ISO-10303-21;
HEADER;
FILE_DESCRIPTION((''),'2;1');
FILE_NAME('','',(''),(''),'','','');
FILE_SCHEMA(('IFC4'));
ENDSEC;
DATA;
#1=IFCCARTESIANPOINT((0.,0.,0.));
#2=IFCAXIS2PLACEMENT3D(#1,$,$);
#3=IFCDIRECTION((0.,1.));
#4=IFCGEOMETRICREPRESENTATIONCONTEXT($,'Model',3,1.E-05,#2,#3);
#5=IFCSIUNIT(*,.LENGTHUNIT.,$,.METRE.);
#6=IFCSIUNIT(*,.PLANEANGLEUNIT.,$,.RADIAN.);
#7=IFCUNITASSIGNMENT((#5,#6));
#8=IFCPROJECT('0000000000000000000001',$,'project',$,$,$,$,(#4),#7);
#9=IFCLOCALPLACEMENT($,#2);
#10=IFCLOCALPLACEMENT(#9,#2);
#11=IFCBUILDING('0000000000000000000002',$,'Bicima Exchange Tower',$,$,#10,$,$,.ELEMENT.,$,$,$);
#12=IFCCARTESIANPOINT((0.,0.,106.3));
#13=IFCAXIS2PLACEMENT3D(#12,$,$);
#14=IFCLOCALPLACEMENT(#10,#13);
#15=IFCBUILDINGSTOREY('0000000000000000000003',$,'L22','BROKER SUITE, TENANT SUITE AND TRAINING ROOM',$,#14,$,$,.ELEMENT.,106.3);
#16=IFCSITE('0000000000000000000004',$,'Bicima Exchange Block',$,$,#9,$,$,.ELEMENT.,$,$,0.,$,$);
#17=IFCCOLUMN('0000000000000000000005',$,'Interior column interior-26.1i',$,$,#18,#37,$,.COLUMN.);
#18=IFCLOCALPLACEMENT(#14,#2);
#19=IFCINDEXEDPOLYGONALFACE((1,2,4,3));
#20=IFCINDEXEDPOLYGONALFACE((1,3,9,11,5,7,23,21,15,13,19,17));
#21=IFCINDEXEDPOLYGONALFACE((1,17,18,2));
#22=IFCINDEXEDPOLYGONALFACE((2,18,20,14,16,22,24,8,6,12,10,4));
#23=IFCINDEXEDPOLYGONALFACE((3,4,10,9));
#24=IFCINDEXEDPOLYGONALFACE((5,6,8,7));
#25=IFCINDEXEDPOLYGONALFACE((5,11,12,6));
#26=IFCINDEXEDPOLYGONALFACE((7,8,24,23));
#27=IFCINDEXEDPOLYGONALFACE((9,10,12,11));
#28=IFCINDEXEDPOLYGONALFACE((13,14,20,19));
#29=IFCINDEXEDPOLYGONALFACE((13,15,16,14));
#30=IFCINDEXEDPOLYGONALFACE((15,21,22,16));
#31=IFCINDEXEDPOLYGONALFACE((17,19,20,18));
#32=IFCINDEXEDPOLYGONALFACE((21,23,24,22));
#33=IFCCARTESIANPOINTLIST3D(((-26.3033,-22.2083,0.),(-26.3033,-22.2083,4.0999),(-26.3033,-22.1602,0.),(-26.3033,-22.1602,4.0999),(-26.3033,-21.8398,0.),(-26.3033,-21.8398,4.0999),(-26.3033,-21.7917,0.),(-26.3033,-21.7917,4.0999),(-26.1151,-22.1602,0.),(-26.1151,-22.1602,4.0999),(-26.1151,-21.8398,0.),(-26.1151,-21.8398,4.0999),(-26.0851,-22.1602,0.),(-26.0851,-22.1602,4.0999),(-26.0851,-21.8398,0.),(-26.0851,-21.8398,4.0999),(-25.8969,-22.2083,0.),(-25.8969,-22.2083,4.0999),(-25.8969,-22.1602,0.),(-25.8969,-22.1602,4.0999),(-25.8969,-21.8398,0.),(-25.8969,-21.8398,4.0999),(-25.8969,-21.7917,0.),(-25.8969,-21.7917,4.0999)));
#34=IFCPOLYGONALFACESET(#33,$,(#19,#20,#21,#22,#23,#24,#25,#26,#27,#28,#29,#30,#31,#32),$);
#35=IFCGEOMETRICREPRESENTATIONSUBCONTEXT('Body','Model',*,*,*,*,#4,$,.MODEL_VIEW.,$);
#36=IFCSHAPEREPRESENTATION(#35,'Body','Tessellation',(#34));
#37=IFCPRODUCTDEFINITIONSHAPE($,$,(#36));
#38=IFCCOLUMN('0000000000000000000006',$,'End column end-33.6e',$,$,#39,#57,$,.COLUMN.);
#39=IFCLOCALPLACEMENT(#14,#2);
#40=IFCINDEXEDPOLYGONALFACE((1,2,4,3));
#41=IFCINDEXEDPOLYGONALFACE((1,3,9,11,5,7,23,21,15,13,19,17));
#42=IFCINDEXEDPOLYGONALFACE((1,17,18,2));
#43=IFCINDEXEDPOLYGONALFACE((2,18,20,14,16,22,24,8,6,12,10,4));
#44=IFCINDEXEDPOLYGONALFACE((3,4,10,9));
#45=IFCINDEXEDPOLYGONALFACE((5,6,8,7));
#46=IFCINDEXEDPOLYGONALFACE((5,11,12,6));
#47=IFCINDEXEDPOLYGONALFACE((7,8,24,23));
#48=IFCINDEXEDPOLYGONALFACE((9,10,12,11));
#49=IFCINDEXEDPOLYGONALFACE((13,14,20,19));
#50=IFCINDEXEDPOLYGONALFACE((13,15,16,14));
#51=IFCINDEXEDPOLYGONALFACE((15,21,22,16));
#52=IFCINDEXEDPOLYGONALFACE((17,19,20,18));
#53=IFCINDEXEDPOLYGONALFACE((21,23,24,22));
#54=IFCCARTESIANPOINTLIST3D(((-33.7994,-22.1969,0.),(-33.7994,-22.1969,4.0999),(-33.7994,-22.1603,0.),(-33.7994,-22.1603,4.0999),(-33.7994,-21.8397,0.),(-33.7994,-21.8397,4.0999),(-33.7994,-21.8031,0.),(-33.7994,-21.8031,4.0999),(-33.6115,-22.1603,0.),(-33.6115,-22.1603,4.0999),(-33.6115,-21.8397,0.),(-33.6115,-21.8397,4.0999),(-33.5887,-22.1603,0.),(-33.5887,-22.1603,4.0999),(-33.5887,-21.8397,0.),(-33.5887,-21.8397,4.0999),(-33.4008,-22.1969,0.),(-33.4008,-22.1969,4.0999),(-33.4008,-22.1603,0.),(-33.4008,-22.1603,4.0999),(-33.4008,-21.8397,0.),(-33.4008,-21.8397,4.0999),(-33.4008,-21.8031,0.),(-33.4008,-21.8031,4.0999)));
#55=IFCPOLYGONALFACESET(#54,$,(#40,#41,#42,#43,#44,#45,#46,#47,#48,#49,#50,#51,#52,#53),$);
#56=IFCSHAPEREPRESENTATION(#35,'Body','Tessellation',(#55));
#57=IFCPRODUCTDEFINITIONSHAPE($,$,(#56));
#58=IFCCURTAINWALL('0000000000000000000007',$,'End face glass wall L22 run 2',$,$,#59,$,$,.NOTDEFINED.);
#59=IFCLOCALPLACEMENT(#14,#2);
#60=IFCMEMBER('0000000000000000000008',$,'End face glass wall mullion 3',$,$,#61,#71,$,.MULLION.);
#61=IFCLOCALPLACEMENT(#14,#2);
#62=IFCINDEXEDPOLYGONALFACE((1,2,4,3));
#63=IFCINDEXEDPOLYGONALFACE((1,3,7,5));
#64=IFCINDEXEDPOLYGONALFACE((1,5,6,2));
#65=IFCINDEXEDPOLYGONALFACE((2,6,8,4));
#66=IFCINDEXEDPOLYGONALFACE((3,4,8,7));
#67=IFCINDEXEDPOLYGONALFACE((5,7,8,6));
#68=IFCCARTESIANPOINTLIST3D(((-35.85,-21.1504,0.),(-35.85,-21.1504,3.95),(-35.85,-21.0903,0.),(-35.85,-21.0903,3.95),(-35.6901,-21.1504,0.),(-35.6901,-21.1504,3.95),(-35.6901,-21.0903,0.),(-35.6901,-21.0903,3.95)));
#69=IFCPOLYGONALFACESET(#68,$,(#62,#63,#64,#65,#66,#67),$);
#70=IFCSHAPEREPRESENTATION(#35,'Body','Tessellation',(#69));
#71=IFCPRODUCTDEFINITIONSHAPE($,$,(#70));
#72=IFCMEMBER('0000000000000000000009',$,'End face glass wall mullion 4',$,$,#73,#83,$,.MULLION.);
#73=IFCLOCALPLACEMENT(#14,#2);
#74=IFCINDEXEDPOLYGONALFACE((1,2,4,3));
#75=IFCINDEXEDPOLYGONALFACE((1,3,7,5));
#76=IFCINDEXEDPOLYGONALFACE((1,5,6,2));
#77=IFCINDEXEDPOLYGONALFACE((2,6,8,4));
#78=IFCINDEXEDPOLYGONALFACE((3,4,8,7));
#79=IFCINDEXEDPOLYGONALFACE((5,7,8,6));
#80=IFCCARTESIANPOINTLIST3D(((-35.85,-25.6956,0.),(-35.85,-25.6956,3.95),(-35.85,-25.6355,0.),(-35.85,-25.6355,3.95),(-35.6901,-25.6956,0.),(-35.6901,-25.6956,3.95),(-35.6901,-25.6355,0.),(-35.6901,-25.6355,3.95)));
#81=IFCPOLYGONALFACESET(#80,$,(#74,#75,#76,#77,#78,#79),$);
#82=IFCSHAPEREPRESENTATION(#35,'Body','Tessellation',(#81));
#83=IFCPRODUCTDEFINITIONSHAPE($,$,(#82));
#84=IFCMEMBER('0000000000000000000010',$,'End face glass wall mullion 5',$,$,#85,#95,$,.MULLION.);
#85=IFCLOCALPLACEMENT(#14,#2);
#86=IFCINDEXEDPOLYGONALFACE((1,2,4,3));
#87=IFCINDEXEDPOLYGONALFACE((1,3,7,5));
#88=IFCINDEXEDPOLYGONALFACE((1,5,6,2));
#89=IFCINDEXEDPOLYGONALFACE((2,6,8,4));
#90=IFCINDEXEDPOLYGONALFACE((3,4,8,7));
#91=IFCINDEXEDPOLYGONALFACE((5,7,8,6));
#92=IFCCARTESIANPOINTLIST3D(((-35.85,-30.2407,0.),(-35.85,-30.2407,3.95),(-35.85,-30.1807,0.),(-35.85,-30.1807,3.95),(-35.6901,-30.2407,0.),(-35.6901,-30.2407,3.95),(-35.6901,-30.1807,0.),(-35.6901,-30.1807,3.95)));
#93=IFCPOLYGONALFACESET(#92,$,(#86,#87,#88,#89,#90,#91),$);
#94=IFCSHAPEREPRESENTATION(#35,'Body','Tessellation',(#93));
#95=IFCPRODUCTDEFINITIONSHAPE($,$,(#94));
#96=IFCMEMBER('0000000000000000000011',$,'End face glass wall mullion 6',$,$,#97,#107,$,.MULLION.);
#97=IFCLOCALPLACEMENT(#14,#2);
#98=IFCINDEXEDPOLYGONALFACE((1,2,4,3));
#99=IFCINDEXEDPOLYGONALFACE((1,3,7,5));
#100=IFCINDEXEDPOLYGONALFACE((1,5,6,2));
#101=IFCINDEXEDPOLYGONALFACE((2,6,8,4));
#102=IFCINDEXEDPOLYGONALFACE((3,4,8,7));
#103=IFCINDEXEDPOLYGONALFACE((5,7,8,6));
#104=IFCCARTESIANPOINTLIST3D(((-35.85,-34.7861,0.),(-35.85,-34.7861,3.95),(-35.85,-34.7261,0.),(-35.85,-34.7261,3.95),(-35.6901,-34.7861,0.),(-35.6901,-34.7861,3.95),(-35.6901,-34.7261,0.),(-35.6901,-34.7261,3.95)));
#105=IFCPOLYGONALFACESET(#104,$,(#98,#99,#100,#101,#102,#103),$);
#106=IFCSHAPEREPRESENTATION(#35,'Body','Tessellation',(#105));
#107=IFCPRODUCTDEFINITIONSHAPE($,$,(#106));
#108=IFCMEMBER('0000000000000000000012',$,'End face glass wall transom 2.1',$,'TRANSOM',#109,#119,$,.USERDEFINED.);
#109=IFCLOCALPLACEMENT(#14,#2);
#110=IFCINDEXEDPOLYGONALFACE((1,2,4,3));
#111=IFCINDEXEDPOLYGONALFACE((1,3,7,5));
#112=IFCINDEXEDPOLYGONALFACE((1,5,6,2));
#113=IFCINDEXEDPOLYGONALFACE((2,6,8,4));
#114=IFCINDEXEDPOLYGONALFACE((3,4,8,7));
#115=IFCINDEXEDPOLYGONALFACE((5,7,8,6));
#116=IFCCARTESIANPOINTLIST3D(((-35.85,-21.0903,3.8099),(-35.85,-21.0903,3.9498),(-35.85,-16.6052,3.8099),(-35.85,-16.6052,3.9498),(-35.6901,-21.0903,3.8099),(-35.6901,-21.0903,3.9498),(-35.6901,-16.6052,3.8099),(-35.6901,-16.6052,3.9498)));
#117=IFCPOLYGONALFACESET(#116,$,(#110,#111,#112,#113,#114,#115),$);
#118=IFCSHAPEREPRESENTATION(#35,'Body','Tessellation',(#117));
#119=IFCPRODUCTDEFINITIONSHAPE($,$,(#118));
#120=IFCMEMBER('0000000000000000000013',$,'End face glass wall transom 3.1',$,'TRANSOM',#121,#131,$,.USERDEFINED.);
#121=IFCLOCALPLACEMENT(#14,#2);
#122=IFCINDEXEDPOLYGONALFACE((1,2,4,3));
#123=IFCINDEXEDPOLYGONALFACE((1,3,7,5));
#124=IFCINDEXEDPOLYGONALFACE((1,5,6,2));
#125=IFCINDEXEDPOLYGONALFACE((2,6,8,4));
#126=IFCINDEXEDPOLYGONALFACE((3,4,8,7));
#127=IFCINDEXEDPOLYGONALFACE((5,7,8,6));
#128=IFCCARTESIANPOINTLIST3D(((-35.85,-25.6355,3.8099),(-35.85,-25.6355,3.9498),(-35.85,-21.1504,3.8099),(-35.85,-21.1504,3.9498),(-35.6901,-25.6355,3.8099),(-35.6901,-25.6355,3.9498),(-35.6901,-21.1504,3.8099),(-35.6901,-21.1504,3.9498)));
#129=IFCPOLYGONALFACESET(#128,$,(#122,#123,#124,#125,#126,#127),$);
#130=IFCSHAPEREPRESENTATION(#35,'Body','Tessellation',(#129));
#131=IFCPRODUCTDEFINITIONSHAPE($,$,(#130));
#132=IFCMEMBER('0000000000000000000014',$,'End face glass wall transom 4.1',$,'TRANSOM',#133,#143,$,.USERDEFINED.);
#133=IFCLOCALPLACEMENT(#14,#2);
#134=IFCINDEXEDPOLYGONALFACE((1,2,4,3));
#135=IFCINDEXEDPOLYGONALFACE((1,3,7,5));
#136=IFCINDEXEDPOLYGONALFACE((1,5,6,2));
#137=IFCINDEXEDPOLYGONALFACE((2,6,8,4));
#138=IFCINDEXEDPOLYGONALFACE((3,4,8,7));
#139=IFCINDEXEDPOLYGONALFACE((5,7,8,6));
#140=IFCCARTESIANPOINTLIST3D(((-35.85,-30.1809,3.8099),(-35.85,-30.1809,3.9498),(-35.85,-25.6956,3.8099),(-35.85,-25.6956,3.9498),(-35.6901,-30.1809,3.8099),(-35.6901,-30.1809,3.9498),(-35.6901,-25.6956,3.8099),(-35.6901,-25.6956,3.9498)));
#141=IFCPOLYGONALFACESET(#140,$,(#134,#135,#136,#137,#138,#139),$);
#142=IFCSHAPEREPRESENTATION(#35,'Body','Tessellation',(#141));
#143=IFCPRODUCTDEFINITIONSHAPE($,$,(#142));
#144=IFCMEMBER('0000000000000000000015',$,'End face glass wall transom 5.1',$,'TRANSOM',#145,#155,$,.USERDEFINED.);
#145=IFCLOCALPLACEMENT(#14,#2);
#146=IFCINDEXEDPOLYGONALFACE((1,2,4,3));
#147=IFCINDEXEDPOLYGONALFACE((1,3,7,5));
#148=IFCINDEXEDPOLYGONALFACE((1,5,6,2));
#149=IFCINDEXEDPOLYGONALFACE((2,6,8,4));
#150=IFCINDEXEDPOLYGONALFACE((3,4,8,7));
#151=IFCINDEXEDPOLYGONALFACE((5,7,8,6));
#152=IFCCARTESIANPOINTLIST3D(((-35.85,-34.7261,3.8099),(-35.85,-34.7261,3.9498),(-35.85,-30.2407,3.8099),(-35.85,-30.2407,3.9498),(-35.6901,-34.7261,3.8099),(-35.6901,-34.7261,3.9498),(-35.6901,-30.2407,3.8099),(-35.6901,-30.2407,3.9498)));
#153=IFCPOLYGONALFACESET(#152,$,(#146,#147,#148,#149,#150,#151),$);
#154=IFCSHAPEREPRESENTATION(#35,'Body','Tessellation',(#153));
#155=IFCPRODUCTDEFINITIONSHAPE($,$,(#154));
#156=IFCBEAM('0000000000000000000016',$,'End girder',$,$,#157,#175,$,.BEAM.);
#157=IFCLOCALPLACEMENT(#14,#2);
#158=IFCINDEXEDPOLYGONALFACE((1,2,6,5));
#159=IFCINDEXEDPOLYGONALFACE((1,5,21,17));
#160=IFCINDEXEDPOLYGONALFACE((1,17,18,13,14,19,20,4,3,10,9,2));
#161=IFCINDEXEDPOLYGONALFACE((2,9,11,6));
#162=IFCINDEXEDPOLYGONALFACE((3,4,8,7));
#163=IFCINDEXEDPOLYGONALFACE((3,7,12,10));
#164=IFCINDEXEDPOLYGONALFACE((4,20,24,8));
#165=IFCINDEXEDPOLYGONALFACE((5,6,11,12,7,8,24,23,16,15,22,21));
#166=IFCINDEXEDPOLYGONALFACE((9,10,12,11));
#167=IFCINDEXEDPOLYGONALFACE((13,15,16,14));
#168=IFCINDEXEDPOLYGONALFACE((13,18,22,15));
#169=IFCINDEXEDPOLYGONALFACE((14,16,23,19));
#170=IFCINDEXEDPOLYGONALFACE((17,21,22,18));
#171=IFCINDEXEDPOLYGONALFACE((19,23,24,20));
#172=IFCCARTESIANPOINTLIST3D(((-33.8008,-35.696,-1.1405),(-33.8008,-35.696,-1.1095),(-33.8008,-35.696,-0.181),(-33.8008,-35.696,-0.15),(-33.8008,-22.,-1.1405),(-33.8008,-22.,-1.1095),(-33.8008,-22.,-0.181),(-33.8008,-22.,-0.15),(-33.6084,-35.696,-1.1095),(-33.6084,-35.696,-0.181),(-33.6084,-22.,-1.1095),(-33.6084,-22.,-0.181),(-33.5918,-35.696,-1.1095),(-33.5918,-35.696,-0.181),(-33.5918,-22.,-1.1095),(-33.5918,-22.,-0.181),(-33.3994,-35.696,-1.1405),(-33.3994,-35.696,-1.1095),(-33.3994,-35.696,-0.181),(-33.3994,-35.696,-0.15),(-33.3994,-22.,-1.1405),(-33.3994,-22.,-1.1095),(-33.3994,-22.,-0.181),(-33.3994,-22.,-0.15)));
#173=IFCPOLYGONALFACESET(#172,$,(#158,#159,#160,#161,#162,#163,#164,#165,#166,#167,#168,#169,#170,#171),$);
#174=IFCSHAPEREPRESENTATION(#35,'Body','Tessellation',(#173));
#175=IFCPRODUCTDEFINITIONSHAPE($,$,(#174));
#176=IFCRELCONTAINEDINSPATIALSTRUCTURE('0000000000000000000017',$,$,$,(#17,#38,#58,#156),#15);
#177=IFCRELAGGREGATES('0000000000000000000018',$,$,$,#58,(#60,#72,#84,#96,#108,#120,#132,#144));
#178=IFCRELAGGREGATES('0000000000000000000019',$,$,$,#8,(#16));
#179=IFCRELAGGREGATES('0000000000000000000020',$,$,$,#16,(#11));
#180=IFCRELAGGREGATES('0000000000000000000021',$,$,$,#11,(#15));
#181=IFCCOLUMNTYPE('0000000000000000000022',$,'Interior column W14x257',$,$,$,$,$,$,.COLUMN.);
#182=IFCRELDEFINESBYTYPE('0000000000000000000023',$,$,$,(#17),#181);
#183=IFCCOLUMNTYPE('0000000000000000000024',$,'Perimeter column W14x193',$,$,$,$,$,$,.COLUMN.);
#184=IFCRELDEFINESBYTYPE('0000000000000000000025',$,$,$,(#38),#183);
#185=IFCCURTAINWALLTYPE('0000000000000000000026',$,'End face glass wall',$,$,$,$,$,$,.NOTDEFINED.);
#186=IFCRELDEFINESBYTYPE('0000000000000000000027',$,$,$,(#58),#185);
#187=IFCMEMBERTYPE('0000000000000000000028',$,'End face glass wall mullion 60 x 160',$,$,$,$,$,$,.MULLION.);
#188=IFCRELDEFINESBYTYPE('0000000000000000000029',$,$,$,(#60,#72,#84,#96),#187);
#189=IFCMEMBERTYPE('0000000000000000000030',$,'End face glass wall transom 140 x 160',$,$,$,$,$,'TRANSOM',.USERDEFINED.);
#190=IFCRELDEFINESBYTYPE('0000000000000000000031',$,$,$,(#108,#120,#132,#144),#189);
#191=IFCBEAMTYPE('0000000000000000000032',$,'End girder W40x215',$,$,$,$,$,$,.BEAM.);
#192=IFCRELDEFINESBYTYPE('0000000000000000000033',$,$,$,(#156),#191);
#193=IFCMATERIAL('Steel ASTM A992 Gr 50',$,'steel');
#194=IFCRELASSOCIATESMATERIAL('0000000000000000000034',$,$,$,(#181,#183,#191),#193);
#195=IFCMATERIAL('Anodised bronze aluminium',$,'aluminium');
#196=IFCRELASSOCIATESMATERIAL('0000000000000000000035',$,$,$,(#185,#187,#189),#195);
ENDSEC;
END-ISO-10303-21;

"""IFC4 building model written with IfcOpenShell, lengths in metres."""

from ifc_helpers import new_model, si_unit, direction, frame, origin, origin_2d, place, context, subcontext, project, spatial, rectangle, i_section, extrude, material, material_profile, profile_set, type_object, element, aggregate, save


model = new_model("IFC4")

# Units and contexts
model_context = context("Model", 3, precision=1e-05, world=origin(), true_north=direction((0.0, 1.0)))
body_context = subcontext(model_context, "Body", "Model", "MODEL_VIEW")
ifc_project = project(units=[si_unit("LENGTHUNIT", "METRE"), si_unit("PLANEANGLEUNIT", "RADIAN")], contexts=[model_context])

# Site, building, storey
site_placement = place(None, origin())
site = spatial("IfcSite", under=ifc_project, at=site_placement, Name="Bicima Exchange Block", CompositionType="ELEMENT", RefElevation=0.0)
building_placement = place(site_placement, origin())
building = spatial("IfcBuilding", under=site, at=building_placement, Name="Bicima Exchange Tower", CompositionType="ELEMENT")
storey_placement = place(building_placement, frame((0.0, 0.0, 106.3)))
storey = spatial("IfcBuildingStorey", under=building, at=storey_placement, Name="L22", Description="BROKER SUITE, TENANT SUITE AND TRAINING ROOM", CompositionType="ELEMENT", Elevation=106.3)

# Columns
ifc_material_1 = material(Name="Steel ASTM A992 Gr 50", Category="steel")
ifc_material_profile_1 = material_profile(ifc_material_1, i_section(OverallWidth=0.4065, OverallDepth=0.4165, WebThickness=0.03, FlangeThickness=0.0481, at=origin_2d()))
ifc_profile_set_1 = profile_set([ifc_material_profile_1], Name="Steel ASTM A992 Gr 50")
column_type_1 = type_object("IfcColumnType", Name="Interior column W14x257", PredefinedType="COLUMN", material=ifc_profile_set_1)
column_1_placement = place(storey_placement, frame((-26.1001, -22.0, 0.0), z_axis=(0.0, 0.0, 1.0), x_axis=(1.0, 0.0, 0.0)))
element("IfcColumn", 1, at=column_1_placement, inside=storey, type_object=column_type_1, Name="Interior column interior-26.1i", PredefinedType="COLUMN", context=body_context, shape_type="SweptSolid", body=[
    extrude(i_section(OverallWidth=0.4065, OverallDepth=0.4165, WebThickness=0.03, FlangeThickness=0.0481, at=origin_2d()), origin(), (0.0, 0.0, 1.0), 4.0999),
])
ifc_material_profile_2 = material_profile(ifc_material_1, i_section(OverallWidth=0.3987, OverallDepth=0.3938, WebThickness=0.0227, FlangeThickness=0.0366, at=origin_2d()))
ifc_profile_set_2 = profile_set([ifc_material_profile_2], Name="Steel ASTM A992 Gr 50")
column_type_2 = type_object("IfcColumnType", Name="Perimeter column W14x193", PredefinedType="COLUMN", material=ifc_profile_set_2)
column_2_placement = place(storey_placement, frame((-33.6001, -22.0, 0.0), z_axis=(0.0, 0.0, 1.0), x_axis=(1.0, 0.0, 0.0)))
element("IfcColumn", 2, at=column_2_placement, inside=storey, type_object=column_type_2, Name="End column end-33.6e", PredefinedType="COLUMN", context=body_context, shape_type="SweptSolid", body=[
    extrude(i_section(OverallWidth=0.3987, OverallDepth=0.3938, WebThickness=0.0227, FlangeThickness=0.0366, at=origin_2d()), origin(), (0.0, 0.0, 1.0), 4.0999),
])

# Curtain wall, members
ifc_material_2 = material(Name="Anodised bronze aluminium", Category="aluminium")
curtain_wall_type_1 = type_object("IfcCurtainWallType", Name="End face glass wall", PredefinedType="NOTDEFINED", material=ifc_material_2)
curtain_wall_1_placement = place(storey_placement, origin())
curtain_wall_1 = element("IfcCurtainWall", 3, at=curtain_wall_1_placement, inside=storey, type_object=curtain_wall_type_1, Name="End face glass wall L22 run 2", PredefinedType="NOTDEFINED")
ifc_material_profile_3 = material_profile(ifc_material_2, rectangle(XDim=0.1599, YDim=0.0601, at=origin_2d()))
ifc_profile_set_3 = profile_set([ifc_material_profile_3], Name="Anodised bronze aluminium")
member_type_1 = type_object("IfcMemberType", Name="End face glass wall mullion 60 x 160", PredefinedType="MULLION", material=ifc_profile_set_3)
member_1_placement = place(storey_placement, frame((-35.77, -21.1204, 0.0), z_axis=(0.0, 0.0, 1.0), x_axis=(1.0, 0.0, 0.0)))
member_1 = element("IfcMember", 4, at=member_1_placement, type_object=member_type_1, Name="End face glass wall mullion 3", PredefinedType="MULLION", context=body_context, shape_type="SweptSolid", body=[
    extrude(rectangle(XDim=0.1599, YDim=0.0601, at=origin_2d()), origin(), (0.0, 0.0, 1.0), 3.95),
])
member_2_placement = place(storey_placement, frame((-35.77, -25.6655, 0.0), z_axis=(0.0, 0.0, 1.0), x_axis=(1.0, 0.0, 0.0)))
member_2 = element("IfcMember", 5, at=member_2_placement, type_object=member_type_1, Name="End face glass wall mullion 4", PredefinedType="MULLION", context=body_context, shape_type="SweptSolid", body=[
    extrude(rectangle(XDim=0.1599, YDim=0.0601, at=origin_2d()), origin(), (0.0, 0.0, 1.0), 3.95),
])
member_3_placement = place(storey_placement, frame((-35.77, -30.2107, 0.0), z_axis=(0.0, 0.0, 1.0), x_axis=(1.0, 0.0, 0.0)))
member_3 = element("IfcMember", 6, at=member_3_placement, type_object=member_type_1, Name="End face glass wall mullion 5", PredefinedType="MULLION", context=body_context, shape_type="SweptSolid", body=[
    extrude(rectangle(XDim=0.1599, YDim=0.0601, at=origin_2d()), origin(), (0.0, 0.0, 1.0), 3.95),
])
member_4_placement = place(storey_placement, frame((-35.77, -34.7561, 0.0), z_axis=(0.0, 0.0, 1.0), x_axis=(1.0, 0.0, 0.0)))
member_4 = element("IfcMember", 7, at=member_4_placement, type_object=member_type_1, Name="End face glass wall mullion 6", PredefinedType="MULLION", context=body_context, shape_type="SweptSolid", body=[
    extrude(rectangle(XDim=0.1599, YDim=0.0601, at=origin_2d()), origin(), (0.0, 0.0, 1.0), 3.95),
])
ifc_material_profile_4 = material_profile(ifc_material_2, rectangle(XDim=0.1599, YDim=0.1399, at=origin_2d()))
ifc_profile_set_4 = profile_set([ifc_material_profile_4], Name="Anodised bronze aluminium")
member_type_2 = type_object("IfcMemberType", Name="End face glass wall transom 140 x 160", ElementType="TRANSOM", PredefinedType="USERDEFINED", material=ifc_profile_set_4)
member_5_placement = place(storey_placement, frame((-35.77, -16.6052, 3.8799), z_axis=(0.0, -1.0, 0.0), x_axis=(1.0, 0.0, 0.0)))
member_5 = element("IfcMember", 8, at=member_5_placement, type_object=member_type_2, Name="End face glass wall transom 2.1", ObjectType="TRANSOM", PredefinedType="USERDEFINED", context=body_context, shape_type="SweptSolid", body=[
    extrude(rectangle(XDim=0.1599, YDim=0.1399, at=origin_2d()), origin(), (0.0, 0.0, 1.0), 4.4851),
])
member_6_placement = place(storey_placement, frame((-35.77, -21.1504, 3.8799), z_axis=(0.0, -1.0, 0.0), x_axis=(1.0, 0.0, 0.0)))
member_6 = element("IfcMember", 9, at=member_6_placement, type_object=member_type_2, Name="End face glass wall transom 3.1", ObjectType="TRANSOM", PredefinedType="USERDEFINED", context=body_context, shape_type="SweptSolid", body=[
    extrude(rectangle(XDim=0.1599, YDim=0.1399, at=origin_2d()), origin(), (0.0, 0.0, 1.0), 4.4851),
])
member_7_placement = place(storey_placement, frame((-35.77, -25.6956, 3.8799), z_axis=(0.0, -1.0, 0.0), x_axis=(1.0, 0.0, 0.0)))
member_7 = element("IfcMember", 10, at=member_7_placement, type_object=member_type_2, Name="End face glass wall transom 4.1", ObjectType="TRANSOM", PredefinedType="USERDEFINED", context=body_context, shape_type="SweptSolid", body=[
    extrude(rectangle(XDim=0.1599, YDim=0.1399, at=origin_2d()), origin(), (0.0, 0.0, 1.0), 4.4854),
])
member_8_placement = place(storey_placement, frame((-35.77, -30.2407, 3.8799), z_axis=(0.0, -1.0, 0.0), x_axis=(1.0, 0.0, 0.0)))
member_8 = element("IfcMember", 11, at=member_8_placement, type_object=member_type_2, Name="End face glass wall transom 5.1", ObjectType="TRANSOM", PredefinedType="USERDEFINED", context=body_context, shape_type="SweptSolid", body=[
    extrude(rectangle(XDim=0.1599, YDim=0.1399, at=origin_2d()), origin(), (0.0, 0.0, 1.0), 4.4854),
])

# Beam
ifc_material_profile_5 = material_profile(ifc_material_1, i_section(OverallWidth=0.4014, OverallDepth=0.9905, WebThickness=0.0166, FlangeThickness=0.031, at=origin_2d()))
ifc_profile_set_5 = profile_set([ifc_material_profile_5], Name="Steel ASTM A992 Gr 50")
beam_type_1 = type_object("IfcBeamType", Name="End girder W40x215", PredefinedType="BEAM", material=ifc_profile_set_5)
beam_1_placement = place(storey_placement, frame((-33.6001, -22.0, -0.6453), z_axis=(0.0, -1.0, 0.0), x_axis=(1.0, 0.0, 0.0)))
element("IfcBeam", 12, at=beam_1_placement, inside=storey, type_object=beam_type_1, Name="End girder", PredefinedType="BEAM", context=body_context, shape_type="SweptSolid", body=[
    extrude(i_section(OverallWidth=0.4014, OverallDepth=0.9905, WebThickness=0.0166, FlangeThickness=0.031, at=origin_2d()), origin(), (0.0, 0.0, 1.0), 13.696),
])

aggregate(curtain_wall_1, [member_1, member_2, member_3, member_4, member_5, member_6, member_7, member_8])

save(model, "model.ifc")
